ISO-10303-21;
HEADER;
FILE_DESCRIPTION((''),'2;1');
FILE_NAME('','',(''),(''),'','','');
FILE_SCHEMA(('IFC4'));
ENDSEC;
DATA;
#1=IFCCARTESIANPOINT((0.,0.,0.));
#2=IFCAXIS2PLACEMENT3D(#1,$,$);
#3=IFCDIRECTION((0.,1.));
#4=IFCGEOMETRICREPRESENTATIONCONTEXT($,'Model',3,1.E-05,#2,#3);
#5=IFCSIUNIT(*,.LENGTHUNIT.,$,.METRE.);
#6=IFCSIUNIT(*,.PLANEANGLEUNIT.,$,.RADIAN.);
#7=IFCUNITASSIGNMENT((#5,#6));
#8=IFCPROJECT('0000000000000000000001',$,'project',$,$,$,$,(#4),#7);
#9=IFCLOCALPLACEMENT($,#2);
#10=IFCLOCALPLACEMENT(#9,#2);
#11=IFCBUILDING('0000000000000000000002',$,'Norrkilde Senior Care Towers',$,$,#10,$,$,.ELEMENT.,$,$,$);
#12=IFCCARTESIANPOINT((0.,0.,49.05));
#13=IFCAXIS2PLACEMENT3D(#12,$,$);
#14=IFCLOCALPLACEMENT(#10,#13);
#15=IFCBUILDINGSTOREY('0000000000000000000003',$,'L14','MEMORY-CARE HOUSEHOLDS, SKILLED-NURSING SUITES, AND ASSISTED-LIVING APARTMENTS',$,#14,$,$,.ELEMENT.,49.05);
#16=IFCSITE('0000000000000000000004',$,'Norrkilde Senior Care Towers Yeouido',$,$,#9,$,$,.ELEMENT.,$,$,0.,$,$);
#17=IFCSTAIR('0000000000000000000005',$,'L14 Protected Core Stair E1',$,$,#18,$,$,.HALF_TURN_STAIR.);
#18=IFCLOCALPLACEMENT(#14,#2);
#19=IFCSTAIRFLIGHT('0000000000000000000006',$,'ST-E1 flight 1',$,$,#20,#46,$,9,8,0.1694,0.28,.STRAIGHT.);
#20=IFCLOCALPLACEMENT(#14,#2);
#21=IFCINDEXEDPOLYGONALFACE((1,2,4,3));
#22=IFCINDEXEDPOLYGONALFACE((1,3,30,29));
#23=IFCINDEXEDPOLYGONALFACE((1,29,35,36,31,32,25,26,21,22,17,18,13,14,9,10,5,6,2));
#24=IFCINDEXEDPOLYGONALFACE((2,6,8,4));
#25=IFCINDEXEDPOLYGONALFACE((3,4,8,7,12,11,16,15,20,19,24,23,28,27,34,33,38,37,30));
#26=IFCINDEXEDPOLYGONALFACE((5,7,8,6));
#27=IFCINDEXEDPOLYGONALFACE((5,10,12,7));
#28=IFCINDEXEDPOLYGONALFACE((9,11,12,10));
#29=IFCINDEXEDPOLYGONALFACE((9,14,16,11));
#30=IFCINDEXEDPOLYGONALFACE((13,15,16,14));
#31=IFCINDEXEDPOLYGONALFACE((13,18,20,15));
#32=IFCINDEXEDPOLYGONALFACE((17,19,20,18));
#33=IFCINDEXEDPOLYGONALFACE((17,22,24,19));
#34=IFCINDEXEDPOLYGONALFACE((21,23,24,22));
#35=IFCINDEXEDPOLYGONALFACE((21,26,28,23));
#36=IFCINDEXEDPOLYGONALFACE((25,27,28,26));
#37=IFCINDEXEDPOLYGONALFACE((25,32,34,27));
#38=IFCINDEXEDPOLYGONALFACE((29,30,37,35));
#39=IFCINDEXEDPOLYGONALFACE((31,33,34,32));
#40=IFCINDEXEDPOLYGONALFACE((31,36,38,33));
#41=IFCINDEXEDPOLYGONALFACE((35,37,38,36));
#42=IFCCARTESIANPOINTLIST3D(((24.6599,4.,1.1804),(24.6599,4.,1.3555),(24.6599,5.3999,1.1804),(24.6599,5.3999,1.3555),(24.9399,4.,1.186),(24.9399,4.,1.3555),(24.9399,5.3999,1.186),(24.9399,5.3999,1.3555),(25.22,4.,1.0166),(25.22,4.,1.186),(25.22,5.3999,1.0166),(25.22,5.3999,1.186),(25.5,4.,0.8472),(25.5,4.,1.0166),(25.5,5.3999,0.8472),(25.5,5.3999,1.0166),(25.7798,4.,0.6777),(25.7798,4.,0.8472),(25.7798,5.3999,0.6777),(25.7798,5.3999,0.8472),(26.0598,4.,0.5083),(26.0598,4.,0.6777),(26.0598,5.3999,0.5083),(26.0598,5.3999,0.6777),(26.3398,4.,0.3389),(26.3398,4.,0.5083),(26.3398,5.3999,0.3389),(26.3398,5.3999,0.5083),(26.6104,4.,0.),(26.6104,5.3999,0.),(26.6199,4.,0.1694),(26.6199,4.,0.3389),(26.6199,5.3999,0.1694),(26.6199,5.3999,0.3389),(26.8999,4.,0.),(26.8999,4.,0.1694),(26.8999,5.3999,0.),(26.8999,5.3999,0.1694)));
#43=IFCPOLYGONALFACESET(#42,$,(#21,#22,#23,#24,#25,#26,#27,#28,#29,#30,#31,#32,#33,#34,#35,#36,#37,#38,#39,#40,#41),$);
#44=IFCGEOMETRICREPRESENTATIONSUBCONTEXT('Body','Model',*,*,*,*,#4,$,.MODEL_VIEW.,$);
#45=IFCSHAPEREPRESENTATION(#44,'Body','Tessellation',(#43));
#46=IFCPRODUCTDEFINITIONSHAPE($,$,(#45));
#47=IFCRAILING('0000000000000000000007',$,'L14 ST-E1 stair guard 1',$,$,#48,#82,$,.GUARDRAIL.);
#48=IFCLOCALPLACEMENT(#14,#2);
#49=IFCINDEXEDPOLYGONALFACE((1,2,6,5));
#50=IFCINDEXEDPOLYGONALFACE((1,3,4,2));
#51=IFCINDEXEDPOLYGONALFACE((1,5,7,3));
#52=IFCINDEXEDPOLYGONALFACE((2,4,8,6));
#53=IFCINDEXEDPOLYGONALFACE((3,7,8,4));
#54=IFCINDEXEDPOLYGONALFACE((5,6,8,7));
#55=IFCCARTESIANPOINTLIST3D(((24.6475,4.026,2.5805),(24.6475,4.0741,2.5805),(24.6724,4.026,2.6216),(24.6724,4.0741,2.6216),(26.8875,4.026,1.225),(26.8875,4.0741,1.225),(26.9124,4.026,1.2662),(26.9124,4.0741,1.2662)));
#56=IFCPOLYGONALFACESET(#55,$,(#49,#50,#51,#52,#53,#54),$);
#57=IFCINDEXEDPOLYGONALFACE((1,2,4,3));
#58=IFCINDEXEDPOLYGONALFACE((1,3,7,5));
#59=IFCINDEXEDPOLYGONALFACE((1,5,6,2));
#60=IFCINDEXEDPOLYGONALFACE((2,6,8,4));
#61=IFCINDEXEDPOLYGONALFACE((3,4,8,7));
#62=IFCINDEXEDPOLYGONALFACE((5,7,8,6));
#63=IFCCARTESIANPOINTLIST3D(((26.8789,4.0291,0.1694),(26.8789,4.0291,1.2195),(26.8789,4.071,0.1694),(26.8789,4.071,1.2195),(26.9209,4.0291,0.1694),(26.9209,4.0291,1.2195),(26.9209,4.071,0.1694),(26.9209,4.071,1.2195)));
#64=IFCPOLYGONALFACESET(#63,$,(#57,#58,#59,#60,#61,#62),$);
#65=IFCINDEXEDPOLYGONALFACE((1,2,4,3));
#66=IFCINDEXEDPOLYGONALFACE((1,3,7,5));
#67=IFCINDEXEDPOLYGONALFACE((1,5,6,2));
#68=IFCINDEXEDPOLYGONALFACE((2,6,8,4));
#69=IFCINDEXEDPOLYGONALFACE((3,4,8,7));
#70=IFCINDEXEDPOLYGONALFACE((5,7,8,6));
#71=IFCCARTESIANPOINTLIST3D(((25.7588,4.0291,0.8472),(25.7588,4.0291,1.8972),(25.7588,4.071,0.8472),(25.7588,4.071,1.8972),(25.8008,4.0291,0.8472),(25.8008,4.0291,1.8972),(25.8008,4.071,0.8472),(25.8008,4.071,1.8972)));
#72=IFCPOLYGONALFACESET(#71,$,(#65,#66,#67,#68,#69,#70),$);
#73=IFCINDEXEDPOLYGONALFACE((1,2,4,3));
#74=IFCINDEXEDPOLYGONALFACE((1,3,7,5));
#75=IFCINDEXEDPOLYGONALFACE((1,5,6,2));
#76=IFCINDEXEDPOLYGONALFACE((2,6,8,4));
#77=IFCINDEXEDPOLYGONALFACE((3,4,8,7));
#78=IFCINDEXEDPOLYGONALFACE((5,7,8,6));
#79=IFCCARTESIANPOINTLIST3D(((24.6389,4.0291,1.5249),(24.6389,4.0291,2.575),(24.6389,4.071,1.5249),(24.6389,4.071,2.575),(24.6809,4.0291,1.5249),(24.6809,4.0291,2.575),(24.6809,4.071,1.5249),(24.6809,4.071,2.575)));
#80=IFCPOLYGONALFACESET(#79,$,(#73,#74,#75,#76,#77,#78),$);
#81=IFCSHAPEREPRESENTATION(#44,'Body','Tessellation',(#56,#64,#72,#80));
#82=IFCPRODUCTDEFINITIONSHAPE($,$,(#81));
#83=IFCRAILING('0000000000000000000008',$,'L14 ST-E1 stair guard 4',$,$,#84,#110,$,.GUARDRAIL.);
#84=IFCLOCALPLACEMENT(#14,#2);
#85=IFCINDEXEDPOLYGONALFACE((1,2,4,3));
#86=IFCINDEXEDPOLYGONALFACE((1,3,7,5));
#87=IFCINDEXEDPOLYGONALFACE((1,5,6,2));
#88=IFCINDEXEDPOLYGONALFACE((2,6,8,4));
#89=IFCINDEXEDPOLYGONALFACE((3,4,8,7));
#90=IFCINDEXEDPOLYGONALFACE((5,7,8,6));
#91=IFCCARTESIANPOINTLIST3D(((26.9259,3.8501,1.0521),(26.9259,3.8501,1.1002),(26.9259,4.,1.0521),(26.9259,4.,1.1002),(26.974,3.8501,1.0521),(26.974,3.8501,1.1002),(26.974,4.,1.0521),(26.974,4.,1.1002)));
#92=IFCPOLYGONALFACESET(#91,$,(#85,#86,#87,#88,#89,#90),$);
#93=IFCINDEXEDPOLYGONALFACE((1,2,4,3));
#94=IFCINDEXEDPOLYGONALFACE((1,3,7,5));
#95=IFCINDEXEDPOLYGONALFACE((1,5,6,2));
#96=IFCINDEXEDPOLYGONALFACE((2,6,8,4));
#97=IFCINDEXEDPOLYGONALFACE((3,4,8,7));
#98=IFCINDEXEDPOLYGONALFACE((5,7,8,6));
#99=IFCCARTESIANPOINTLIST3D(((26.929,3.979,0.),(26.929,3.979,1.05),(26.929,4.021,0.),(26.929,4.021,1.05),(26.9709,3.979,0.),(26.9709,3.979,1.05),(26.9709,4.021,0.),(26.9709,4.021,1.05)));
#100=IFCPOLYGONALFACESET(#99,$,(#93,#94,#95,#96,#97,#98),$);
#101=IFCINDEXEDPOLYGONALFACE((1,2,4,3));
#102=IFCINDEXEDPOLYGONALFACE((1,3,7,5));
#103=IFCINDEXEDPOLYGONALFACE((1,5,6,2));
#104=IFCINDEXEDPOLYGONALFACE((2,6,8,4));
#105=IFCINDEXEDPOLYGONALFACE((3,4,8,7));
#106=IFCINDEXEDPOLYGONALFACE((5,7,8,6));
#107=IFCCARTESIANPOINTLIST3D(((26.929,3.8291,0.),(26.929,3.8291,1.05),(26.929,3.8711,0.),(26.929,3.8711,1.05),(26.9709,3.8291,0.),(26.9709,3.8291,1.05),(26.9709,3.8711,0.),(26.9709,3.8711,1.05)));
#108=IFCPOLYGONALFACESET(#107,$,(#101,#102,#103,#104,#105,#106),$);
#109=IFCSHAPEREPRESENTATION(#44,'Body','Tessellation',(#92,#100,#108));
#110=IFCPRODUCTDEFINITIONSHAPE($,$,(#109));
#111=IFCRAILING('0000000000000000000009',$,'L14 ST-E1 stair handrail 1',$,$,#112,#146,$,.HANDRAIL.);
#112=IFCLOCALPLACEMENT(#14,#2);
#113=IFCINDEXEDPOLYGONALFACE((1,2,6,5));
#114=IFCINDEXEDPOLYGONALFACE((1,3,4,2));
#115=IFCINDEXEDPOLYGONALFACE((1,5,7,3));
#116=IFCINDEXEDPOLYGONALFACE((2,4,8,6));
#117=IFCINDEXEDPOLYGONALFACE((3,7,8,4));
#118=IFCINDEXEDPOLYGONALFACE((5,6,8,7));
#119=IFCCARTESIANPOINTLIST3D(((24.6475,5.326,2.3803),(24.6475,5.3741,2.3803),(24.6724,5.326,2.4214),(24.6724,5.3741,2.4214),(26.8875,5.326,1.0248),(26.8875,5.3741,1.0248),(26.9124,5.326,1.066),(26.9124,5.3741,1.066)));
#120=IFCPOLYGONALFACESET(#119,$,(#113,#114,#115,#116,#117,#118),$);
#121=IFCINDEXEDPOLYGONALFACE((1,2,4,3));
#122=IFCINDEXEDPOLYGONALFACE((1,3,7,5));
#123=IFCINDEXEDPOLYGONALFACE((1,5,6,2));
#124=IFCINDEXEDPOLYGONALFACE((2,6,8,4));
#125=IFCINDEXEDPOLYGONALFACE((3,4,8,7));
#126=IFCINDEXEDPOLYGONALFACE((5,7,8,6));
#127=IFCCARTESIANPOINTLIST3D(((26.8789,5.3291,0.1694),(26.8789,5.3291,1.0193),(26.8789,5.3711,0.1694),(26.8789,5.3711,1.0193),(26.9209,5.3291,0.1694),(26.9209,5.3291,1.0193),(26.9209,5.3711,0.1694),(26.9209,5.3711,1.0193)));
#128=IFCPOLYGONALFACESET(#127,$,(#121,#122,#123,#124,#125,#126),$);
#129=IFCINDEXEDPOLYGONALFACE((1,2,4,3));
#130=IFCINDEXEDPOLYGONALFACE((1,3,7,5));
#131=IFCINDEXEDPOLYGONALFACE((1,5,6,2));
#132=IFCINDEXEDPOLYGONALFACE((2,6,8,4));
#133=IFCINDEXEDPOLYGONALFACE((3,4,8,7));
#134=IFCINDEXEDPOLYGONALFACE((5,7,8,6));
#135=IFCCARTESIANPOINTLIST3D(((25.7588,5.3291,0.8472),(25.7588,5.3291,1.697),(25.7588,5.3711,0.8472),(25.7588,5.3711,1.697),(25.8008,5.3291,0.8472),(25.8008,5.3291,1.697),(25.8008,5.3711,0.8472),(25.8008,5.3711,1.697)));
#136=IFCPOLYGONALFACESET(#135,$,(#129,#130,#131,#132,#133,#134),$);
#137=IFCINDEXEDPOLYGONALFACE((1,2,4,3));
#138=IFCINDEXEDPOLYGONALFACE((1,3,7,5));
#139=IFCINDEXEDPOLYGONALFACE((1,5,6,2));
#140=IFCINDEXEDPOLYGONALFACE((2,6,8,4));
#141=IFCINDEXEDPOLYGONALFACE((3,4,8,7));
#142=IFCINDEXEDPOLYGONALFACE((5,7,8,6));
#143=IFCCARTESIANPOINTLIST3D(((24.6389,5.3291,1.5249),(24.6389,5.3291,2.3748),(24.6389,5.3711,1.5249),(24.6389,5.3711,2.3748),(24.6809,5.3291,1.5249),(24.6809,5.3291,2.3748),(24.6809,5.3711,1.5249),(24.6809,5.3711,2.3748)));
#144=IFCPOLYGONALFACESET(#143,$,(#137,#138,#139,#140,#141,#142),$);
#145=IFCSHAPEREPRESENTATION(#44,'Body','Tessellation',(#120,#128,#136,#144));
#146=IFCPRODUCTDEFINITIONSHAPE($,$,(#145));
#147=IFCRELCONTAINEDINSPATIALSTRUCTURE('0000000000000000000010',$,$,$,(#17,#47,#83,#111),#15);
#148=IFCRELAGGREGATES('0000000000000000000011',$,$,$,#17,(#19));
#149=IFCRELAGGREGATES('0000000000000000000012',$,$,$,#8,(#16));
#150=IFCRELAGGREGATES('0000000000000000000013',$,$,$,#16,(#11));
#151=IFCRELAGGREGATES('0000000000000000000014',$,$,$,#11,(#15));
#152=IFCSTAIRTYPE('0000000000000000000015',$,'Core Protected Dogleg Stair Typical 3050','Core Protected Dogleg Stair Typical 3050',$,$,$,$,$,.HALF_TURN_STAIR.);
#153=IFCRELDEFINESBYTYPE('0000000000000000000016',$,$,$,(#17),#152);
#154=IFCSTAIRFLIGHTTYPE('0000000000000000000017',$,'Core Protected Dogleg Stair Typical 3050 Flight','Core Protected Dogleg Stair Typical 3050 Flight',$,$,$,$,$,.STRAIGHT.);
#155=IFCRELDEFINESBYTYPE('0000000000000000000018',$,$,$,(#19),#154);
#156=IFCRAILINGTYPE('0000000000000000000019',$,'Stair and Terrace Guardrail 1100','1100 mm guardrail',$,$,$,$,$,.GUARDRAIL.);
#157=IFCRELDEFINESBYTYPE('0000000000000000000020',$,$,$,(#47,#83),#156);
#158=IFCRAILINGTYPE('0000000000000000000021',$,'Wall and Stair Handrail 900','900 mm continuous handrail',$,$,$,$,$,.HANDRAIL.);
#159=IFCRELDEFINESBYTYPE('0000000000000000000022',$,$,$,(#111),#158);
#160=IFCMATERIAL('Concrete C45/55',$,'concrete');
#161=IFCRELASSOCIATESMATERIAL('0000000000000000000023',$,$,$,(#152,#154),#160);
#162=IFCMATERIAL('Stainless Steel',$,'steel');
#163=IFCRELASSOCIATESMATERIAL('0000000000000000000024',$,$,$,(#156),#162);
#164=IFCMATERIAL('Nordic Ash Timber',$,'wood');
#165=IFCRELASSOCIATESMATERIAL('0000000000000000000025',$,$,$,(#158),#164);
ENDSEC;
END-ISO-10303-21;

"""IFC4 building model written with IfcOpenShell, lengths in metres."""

from ifc_helpers import new_model, si_unit, direction, frame, origin, origin_2d, place, context, subcontext, project, spatial, polyline, rectangle, outline, extrude, material, type_object, element, aggregate, save


model = new_model("IFC4")

# Units and contexts
model_context = context("Model", 3, precision=1e-05, world=origin(), true_north=direction((0.0, 1.0)))
body_context = subcontext(model_context, "Body", "Model", "MODEL_VIEW")
ifc_project = project(units=[si_unit("LENGTHUNIT", "METRE"), si_unit("PLANEANGLEUNIT", "RADIAN")], contexts=[model_context])

# Site, building, storey
site_placement = place(None, origin())
site = spatial("IfcSite", under=ifc_project, at=site_placement, Name="Norrkilde Senior Care Towers Yeouido", CompositionType="ELEMENT", RefElevation=0.0)
building_placement = place(site_placement, origin())
building = spatial("IfcBuilding", under=site, at=building_placement, Name="Norrkilde Senior Care Towers", CompositionType="ELEMENT")
storey_placement = place(building_placement, frame((0.0, 0.0, 49.05)))
storey = spatial("IfcBuildingStorey", under=building, at=storey_placement, Name="L14", Description="MEMORY-CARE HOUSEHOLDS, SKILLED-NURSING SUITES, AND ASSISTED-LIVING APARTMENTS", CompositionType="ELEMENT", Elevation=49.05)

# Shared definitions
ifc_material_1 = material(Name="Concrete C45/55", Category="concrete")
ifc_material_2 = material(Name="Stainless Steel", Category="steel")

# Stair, stair flight
stair_type = type_object("IfcStairType", Name="Core Protected Dogleg Stair Typical 3050", Description="Core Protected Dogleg Stair Typical 3050", PredefinedType="HALF_TURN_STAIR", material=ifc_material_1)
stair_placement = place(storey_placement, origin())
stair = element("IfcStair", 1, at=stair_placement, inside=storey, type_object=stair_type, Name="L14 Protected Core Stair E1", PredefinedType="HALF_TURN_STAIR")
stair_flight_type = type_object("IfcStairFlightType", Name="Core Protected Dogleg Stair Typical 3050 Flight", Description="Core Protected Dogleg Stair Typical 3050 Flight", PredefinedType="STRAIGHT", material=ifc_material_1)
stair_flight_placement = place(storey_placement, frame((26.8999, 4.7, 0.0), z_axis=(0.0, 0.0, 1.0), x_axis=(-1.0, 0.0, 0.0)))
stair_flight = element("IfcStairFlight", 2, at=stair_flight_placement, type_object=stair_flight_type, Name="ST-E1 flight 1", NumberOfRisers=9, NumberOfTreads=8, PredefinedType="STRAIGHT", RiserHeight=0.1694, TreadLength=0.28, context=body_context, shape_type="SweptSolid", body=[
    extrude(outline(polyline([(0.0, 0.0), (0.0, 0.1694), (0.28, 0.1694), (0.28, 0.3389), (0.5601, 0.3389), (0.5601, 0.5083), (0.8401, 0.5083), (0.8401, 0.6777), (1.1201, 0.6777), (1.1201, 0.8472), (1.3999, 0.8472), (1.3999, 1.0166), (1.6799, 1.0166), (1.6799, 1.186), (1.96, 1.186), (1.96, 1.3555), (2.24, 1.3555), (2.24, 1.5249), (2.24, 1.1804), (0.2896, 0.0), (0.0, 0.0)])), frame((0.0, 0.7, 0.0), z_axis=(0.0, -1.0, 0.0), x_axis=(1.0, 0.0, 0.0)), (0.0, 0.0, 1.0), 1.3999),
])
aggregate(stair, [stair_flight])

# Railings
railing_type_1 = type_object("IfcRailingType", Name="Stair and Terrace Guardrail 1100", Description="1100 mm guardrail", PredefinedType="GUARDRAIL", material=ifc_material_2)
railing_1_placement = place(storey_placement, frame((26.8999, 4.05, 0.1694)))
element("IfcRailing", 3, at=railing_1_placement, inside=storey, type_object=railing_type_1, Name="L14 ST-E1 stair guard 1", PredefinedType="GUARDRAIL", context=body_context, shape_type="SweptSolid", body=[
    extrude(rectangle(XDim=0.0481, YDim=0.0481, at=origin_2d()), frame((0.0, 0.0, 1.0762), z_axis=(-0.855553, 0.0, 0.517715), x_axis=(0.0, -1.0, 0.0)), (0.0, 0.0, 1.0), 2.6182),
    extrude(rectangle(XDim=0.042, YDim=0.042, at=origin_2d()), origin(), (0.0, 0.0, 1.0), 1.05),
    extrude(rectangle(XDim=0.042, YDim=0.042, at=origin_2d()), frame((-1.1201, 0.0, 0.6777)), (0.0, 0.0, 1.0), 1.05),
    extrude(rectangle(XDim=0.042, YDim=0.042, at=origin_2d()), frame((-2.24, 0.0, 1.3555)), (0.0, 0.0, 1.0), 1.05),
])
railing_2_placement = place(storey_placement, frame((26.95, 4.0, 0.0)))
element("IfcRailing", 4, at=railing_2_placement, inside=storey, type_object=railing_type_1, Name="L14 ST-E1 stair guard 4", PredefinedType="GUARDRAIL", context=body_context, shape_type="SweptSolid", body=[
    extrude(rectangle(XDim=0.0481, YDim=0.0481, at=origin_2d()), frame((0.0, 0.0, 1.0762), z_axis=(0.0, -1.0, 0.0), x_axis=(1.0, 0.0, 0.0)), (0.0, 0.0, 1.0), 0.1499),
    extrude(rectangle(XDim=0.042, YDim=0.042, at=origin_2d()), origin(), (0.0, 0.0, 1.0), 1.05),
    extrude(rectangle(XDim=0.042, YDim=0.042, at=origin_2d()), frame((0.0, -0.1499, 0.0)), (0.0, 0.0, 1.0), 1.05),
])
ifc_material_3 = material(Name="Nordic Ash Timber", Category="wood")
railing_type_2 = type_object("IfcRailingType", Name="Wall and Stair Handrail 900", Description="900 mm continuous handrail", PredefinedType="HANDRAIL", material=ifc_material_3)
railing_3_placement = place(storey_placement, frame((26.8999, 5.3501, 0.1694)))
element("IfcRailing", 5, at=railing_3_placement, inside=storey, type_object=railing_type_2, Name="L14 ST-E1 stair handrail 1", PredefinedType="HANDRAIL", context=body_context, shape_type="SweptSolid", body=[
    extrude(rectangle(XDim=0.0481, YDim=0.0481, at=origin_2d()), frame((0.0, 0.0, 0.876), z_axis=(-0.855553, 0.0, 0.517715), x_axis=(0.0, -1.0, 0.0)), (0.0, 0.0, 1.0), 2.6182),
    extrude(rectangle(XDim=0.042, YDim=0.042, at=origin_2d()), origin(), (0.0, 0.0, 1.0), 0.8499),
    extrude(rectangle(XDim=0.042, YDim=0.042, at=origin_2d()), frame((-1.1201, 0.0, 0.6777)), (0.0, 0.0, 1.0), 0.8499),
    extrude(rectangle(XDim=0.042, YDim=0.042, at=origin_2d()), frame((-2.24, 0.0, 1.3555)), (0.0, 0.0, 1.0), 0.8499),
])

save(model, "model.ifc")
